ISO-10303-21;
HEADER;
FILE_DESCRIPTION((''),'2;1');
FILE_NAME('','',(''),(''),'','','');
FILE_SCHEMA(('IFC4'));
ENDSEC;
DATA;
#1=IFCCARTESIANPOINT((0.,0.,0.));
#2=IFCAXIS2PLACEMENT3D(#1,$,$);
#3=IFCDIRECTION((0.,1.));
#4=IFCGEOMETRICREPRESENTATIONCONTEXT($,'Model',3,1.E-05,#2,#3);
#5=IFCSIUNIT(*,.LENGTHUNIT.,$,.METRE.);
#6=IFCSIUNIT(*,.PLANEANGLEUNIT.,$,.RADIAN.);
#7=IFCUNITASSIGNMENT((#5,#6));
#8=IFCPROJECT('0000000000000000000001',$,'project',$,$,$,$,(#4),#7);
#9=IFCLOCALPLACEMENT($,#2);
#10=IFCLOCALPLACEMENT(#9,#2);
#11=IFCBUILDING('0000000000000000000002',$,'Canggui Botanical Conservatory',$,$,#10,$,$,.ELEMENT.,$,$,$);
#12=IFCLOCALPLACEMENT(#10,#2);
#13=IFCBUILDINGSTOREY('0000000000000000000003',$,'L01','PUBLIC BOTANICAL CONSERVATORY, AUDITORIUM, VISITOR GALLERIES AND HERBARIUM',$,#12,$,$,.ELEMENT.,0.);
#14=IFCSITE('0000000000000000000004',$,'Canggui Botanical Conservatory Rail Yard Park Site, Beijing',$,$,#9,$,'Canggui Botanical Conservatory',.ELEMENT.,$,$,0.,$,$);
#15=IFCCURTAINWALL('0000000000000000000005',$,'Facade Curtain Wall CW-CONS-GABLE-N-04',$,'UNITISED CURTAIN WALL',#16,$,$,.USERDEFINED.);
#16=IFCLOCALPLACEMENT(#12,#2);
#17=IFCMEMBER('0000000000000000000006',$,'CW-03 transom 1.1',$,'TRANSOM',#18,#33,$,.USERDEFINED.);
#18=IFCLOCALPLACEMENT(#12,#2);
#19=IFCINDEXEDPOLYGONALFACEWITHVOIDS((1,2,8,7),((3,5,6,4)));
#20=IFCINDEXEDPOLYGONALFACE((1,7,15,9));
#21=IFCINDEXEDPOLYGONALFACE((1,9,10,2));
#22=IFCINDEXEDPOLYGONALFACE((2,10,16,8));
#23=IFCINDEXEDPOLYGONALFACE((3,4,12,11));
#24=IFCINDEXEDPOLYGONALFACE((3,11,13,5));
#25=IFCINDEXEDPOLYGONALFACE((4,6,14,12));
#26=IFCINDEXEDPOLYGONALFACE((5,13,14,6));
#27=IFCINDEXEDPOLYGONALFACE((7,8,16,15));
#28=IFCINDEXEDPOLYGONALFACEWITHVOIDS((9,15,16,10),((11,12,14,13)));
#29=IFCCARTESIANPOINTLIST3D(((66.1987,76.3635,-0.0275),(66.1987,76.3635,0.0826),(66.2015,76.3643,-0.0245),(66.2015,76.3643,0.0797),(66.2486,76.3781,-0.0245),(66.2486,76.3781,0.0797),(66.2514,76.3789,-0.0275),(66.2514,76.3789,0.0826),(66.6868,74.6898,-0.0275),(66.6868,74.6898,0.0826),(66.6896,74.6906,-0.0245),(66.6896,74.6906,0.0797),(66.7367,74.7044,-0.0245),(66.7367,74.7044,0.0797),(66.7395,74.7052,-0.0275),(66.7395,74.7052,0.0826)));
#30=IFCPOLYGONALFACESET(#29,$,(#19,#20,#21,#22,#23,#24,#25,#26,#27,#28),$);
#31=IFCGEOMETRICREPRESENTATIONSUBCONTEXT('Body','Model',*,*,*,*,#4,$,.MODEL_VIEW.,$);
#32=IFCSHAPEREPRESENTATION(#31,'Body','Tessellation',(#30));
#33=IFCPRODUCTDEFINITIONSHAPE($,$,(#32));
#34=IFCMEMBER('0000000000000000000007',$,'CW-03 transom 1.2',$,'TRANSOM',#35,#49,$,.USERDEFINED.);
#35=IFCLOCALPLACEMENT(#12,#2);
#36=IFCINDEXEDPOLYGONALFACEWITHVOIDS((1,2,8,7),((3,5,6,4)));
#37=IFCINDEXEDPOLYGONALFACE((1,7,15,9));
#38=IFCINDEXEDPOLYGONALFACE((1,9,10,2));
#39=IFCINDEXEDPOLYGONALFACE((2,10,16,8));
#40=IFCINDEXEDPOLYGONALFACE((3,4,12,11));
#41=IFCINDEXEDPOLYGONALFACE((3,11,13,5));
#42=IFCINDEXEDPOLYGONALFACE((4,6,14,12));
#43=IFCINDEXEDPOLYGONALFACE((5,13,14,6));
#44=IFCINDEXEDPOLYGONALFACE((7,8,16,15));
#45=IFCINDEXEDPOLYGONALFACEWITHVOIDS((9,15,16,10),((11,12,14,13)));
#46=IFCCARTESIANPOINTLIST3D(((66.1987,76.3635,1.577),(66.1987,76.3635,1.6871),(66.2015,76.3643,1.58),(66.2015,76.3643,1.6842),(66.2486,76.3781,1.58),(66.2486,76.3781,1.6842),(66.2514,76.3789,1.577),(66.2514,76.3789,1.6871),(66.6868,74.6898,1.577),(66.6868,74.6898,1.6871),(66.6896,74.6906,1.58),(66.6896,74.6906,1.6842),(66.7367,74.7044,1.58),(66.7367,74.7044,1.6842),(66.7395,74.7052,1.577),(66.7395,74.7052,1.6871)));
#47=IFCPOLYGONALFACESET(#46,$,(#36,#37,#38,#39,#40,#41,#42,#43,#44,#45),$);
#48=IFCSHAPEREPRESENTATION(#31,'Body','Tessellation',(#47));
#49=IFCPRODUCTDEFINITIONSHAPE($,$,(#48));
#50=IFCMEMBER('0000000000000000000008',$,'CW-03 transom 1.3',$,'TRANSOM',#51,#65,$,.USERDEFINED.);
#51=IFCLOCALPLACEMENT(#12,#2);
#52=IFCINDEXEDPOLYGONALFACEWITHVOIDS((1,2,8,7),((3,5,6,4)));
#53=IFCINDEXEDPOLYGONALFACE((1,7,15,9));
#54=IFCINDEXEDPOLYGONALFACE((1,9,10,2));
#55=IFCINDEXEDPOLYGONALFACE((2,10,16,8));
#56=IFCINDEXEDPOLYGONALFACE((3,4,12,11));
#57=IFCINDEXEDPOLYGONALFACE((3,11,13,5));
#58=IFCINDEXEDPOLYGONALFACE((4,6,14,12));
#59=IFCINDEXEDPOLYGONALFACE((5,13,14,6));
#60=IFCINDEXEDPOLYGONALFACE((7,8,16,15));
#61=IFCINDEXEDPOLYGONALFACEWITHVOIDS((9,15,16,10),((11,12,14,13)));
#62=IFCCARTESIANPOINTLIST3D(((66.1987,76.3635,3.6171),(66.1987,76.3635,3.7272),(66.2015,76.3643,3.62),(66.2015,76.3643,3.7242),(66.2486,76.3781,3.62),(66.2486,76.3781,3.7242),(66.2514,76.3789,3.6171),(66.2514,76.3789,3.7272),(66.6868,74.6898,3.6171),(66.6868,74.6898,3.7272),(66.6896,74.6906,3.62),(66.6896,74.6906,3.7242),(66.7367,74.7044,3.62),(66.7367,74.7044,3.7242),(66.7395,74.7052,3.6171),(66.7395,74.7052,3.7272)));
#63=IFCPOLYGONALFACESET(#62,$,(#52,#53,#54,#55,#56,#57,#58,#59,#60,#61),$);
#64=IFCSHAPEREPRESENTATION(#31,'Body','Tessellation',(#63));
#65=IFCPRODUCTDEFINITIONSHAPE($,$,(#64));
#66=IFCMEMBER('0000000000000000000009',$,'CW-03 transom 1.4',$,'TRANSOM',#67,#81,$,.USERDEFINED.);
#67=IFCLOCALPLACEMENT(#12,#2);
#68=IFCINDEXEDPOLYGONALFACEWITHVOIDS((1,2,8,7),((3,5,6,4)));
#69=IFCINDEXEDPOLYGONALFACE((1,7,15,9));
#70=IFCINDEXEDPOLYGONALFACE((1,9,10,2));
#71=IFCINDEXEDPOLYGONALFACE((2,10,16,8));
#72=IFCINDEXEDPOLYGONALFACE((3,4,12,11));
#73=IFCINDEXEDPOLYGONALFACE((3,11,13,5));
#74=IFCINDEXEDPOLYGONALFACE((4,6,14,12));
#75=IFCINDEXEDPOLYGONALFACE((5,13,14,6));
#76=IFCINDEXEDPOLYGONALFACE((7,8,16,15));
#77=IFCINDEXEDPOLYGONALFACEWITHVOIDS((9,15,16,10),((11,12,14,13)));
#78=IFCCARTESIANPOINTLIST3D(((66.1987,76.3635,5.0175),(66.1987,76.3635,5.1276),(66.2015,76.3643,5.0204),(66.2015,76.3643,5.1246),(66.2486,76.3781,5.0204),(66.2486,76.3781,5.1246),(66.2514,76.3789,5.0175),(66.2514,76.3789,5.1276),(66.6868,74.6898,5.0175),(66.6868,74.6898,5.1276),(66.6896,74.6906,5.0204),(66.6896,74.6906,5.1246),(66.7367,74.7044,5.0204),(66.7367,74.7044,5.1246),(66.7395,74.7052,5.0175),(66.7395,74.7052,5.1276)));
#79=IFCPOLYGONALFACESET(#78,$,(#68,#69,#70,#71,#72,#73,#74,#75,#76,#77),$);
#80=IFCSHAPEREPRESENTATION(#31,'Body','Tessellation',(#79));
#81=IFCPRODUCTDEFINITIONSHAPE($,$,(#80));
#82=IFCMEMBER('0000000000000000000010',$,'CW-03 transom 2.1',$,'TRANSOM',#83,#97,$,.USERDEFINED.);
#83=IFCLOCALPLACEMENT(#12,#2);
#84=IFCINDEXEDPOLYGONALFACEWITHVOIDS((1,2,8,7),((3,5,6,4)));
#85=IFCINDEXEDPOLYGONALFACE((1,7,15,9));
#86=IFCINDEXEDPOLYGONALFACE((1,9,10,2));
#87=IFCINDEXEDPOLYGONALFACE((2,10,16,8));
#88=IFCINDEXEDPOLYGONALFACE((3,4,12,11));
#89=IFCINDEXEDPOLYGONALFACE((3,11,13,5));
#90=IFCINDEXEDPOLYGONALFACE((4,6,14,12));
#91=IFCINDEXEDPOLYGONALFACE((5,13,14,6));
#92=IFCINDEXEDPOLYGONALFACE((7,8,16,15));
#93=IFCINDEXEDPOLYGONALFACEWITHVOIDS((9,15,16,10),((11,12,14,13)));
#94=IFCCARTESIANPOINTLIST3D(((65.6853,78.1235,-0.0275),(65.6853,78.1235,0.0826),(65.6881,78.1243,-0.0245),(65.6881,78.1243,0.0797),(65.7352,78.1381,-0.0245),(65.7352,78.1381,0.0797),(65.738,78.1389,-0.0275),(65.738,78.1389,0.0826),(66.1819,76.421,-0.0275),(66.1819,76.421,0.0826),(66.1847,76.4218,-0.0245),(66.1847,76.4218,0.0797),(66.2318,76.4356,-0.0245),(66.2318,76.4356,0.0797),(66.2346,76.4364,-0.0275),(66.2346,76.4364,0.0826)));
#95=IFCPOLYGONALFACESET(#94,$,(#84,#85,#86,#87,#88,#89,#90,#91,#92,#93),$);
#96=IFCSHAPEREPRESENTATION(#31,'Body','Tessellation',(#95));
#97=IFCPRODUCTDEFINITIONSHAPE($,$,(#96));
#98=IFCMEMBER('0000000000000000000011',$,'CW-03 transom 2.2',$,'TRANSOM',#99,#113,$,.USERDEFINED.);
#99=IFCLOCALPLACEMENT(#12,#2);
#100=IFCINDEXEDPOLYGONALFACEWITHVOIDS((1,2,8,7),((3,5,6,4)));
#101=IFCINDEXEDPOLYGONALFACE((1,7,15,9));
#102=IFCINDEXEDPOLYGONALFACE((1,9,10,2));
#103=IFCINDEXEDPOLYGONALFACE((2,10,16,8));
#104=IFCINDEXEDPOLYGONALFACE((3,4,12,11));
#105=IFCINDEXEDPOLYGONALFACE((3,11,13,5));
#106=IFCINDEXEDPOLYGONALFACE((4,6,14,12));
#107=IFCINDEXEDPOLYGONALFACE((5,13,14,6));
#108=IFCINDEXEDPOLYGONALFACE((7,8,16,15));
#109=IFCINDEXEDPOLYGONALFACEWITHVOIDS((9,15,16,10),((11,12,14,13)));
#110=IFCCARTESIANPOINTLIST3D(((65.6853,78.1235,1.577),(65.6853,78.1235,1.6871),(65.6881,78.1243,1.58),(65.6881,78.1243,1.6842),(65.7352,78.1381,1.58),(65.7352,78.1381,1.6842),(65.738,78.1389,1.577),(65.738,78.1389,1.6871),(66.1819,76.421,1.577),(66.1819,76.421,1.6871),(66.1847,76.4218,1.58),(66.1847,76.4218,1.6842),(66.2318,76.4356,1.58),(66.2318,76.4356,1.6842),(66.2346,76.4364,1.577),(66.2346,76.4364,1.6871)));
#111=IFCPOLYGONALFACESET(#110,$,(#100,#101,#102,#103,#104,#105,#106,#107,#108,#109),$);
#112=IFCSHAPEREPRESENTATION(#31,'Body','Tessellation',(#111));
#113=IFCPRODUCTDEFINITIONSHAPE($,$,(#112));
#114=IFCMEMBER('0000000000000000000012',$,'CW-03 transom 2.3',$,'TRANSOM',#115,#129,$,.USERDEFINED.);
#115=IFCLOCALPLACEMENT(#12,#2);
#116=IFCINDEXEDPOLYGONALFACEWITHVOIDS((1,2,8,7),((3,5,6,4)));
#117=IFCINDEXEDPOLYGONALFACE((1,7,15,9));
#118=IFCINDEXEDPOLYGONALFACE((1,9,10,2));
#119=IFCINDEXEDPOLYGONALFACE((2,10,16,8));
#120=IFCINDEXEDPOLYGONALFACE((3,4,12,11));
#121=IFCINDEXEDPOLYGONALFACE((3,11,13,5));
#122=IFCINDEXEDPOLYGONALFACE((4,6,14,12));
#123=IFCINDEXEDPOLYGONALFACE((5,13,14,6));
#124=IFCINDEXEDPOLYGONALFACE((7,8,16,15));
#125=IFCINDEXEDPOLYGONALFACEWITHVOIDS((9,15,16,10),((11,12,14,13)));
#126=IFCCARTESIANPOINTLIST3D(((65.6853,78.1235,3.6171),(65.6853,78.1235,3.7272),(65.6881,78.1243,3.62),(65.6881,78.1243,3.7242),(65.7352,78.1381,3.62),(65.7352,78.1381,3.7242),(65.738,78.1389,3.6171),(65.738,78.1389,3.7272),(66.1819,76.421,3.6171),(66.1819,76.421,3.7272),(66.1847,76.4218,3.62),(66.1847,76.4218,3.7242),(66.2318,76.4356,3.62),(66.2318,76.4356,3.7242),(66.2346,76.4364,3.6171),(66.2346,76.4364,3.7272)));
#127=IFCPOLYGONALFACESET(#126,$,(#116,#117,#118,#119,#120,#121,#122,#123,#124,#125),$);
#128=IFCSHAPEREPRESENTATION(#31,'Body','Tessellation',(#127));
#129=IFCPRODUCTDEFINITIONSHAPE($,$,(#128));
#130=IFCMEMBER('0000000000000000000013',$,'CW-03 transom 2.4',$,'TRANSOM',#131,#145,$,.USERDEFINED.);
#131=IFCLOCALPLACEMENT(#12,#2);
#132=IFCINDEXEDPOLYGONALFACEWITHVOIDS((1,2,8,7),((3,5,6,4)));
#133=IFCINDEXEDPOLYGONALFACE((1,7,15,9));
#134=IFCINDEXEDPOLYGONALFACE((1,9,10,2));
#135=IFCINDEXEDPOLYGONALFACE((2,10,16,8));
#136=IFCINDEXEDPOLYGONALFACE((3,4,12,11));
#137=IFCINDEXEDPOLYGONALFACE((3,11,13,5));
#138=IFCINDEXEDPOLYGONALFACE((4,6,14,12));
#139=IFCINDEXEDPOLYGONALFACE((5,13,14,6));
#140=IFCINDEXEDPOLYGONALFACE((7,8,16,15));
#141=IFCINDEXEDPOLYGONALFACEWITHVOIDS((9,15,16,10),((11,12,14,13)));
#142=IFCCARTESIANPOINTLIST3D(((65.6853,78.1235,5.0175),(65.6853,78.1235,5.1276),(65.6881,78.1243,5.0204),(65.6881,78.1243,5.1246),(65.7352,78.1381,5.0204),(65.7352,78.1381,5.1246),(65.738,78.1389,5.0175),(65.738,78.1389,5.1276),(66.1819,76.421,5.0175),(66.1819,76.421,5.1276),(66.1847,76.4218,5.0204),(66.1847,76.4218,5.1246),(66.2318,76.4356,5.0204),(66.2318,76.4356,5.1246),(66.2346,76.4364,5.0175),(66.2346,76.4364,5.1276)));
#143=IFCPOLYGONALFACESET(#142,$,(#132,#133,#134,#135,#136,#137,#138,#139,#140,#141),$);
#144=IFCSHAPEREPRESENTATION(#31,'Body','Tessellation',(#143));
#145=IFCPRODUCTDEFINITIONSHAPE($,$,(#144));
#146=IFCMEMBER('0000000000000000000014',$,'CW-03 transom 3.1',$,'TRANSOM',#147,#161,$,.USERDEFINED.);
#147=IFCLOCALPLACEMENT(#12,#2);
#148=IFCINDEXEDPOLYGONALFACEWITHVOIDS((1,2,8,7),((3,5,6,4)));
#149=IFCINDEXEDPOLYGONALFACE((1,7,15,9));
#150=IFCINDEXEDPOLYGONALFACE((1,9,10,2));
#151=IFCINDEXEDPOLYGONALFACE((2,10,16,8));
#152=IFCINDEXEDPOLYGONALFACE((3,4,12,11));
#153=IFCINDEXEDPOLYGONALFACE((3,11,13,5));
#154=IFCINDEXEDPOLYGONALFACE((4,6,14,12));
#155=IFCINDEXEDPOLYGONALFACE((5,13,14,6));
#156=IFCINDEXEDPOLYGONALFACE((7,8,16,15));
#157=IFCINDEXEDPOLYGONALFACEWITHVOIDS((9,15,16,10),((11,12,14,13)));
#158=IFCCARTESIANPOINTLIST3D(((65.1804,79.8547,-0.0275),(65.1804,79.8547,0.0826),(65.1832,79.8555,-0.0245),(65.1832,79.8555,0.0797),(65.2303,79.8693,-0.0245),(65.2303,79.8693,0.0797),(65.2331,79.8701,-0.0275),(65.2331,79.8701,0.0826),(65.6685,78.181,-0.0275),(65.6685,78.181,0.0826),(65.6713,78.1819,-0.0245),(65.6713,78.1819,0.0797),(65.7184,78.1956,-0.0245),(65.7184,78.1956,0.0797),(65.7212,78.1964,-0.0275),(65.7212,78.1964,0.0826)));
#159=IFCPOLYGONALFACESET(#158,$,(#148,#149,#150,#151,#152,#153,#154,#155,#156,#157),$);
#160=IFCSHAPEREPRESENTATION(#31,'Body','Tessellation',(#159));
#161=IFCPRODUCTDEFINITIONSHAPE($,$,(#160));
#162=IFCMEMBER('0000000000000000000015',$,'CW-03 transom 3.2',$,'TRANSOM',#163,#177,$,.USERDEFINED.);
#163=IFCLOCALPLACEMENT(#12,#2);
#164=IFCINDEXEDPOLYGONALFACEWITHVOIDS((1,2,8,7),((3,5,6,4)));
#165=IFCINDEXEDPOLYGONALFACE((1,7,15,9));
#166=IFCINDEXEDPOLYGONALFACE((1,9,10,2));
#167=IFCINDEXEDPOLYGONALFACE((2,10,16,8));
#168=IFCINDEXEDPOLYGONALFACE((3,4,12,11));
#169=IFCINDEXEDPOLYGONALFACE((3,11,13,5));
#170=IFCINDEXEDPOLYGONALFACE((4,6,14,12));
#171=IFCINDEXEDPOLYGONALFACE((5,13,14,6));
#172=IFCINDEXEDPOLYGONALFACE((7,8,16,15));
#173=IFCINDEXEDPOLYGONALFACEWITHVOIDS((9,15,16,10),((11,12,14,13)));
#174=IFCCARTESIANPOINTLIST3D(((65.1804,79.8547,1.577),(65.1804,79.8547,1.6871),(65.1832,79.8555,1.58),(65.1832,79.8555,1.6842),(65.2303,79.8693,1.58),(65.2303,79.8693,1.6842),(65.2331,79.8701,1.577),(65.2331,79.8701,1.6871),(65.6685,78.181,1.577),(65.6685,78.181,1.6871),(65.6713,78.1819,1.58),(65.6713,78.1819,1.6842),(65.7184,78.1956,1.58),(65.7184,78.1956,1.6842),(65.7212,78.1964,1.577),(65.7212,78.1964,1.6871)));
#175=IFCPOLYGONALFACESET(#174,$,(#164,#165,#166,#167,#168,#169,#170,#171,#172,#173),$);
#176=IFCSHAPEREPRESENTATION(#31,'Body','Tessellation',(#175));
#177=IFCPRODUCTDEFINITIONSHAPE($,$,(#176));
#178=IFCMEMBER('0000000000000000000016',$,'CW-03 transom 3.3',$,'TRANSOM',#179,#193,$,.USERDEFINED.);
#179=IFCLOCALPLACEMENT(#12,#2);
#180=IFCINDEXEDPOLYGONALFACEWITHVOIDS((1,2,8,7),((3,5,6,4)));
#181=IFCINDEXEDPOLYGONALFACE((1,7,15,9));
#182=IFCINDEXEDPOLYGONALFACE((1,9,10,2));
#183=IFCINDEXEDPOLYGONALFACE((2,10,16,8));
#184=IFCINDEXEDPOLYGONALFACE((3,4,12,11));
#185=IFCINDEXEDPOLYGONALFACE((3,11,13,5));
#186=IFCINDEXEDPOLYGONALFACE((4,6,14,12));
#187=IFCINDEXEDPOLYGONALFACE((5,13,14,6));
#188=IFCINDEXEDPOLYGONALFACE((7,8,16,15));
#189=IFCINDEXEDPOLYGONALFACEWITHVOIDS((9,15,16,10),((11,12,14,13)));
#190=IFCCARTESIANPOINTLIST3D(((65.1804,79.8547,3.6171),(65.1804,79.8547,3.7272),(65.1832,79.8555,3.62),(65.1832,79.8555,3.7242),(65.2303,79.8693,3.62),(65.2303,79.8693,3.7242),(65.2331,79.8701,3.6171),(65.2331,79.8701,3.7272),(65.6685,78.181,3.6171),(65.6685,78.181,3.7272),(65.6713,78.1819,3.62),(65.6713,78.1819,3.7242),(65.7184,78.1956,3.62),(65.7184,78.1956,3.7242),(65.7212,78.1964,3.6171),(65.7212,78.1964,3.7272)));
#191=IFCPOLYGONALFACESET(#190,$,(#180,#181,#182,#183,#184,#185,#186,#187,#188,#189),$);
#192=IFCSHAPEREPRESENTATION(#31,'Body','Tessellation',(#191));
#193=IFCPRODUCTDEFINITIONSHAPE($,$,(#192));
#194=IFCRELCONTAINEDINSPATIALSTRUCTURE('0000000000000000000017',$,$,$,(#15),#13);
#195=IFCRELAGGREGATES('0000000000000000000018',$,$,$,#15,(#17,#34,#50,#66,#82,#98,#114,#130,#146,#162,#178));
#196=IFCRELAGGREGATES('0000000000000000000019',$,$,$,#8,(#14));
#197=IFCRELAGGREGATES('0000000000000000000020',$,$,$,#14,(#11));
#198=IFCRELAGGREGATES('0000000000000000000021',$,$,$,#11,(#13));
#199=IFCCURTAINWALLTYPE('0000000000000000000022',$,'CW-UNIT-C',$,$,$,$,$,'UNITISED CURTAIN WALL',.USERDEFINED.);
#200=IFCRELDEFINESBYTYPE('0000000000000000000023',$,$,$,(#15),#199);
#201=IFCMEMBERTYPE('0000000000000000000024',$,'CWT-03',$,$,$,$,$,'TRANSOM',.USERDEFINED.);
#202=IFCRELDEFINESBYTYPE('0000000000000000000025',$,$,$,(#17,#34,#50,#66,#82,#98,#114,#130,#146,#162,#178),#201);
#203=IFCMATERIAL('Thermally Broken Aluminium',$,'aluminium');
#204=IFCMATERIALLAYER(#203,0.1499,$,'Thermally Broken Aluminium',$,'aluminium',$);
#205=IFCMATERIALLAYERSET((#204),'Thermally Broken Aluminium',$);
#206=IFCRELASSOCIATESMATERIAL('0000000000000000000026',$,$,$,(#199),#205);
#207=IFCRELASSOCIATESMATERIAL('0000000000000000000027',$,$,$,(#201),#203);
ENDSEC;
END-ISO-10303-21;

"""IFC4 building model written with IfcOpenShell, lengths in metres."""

from ifc_helpers import new_model, si_unit, direction, frame, origin, origin_2d, place, context, subcontext, project, spatial, hollow_rectangle, extrude, material, layer, layer_set, material_profile, profile_set, type_object, element, aggregate, save


model = new_model("IFC4")

# Units and contexts
model_context = context("Model", 3, precision=1e-05, world=origin(), true_north=direction((0.0, 1.0)))
body_context = subcontext(model_context, "Body", "Model", "MODEL_VIEW")
ifc_project = project(units=[si_unit("LENGTHUNIT", "METRE"), si_unit("PLANEANGLEUNIT", "RADIAN")], contexts=[model_context])

# Site, building, storey
site_placement = place(None, origin())
site = spatial("IfcSite", under=ifc_project, at=site_placement, Name="Canggui Botanical Conservatory Rail Yard Park Site, Beijing", LongName="Canggui Botanical Conservatory", CompositionType="ELEMENT", RefElevation=0.0)
building_placement = place(site_placement, origin())
building = spatial("IfcBuilding", under=site, at=building_placement, Name="Canggui Botanical Conservatory", CompositionType="ELEMENT")
storey_placement = place(building_placement, origin())
storey = spatial("IfcBuildingStorey", under=building, at=storey_placement, Name="L01", Description="PUBLIC BOTANICAL CONSERVATORY, AUDITORIUM, VISITOR GALLERIES AND HERBARIUM", CompositionType="ELEMENT", Elevation=0.0)

# Shared definitions
ifc_material_1 = material(Name="Thermally Broken Aluminium", Category="aluminium")
ifc_layer_1 = layer(ifc_material_1, 0.1499, Name="Thermally Broken Aluminium", Category="aluminium")
ifc_layer_set_1 = layer_set([ifc_layer_1], Name="Thermally Broken Aluminium")
curtain_wall_type = type_object("IfcCurtainWallType", Name="CW-UNIT-C", ElementType="UNITISED CURTAIN WALL", PredefinedType="USERDEFINED", material=ifc_layer_set_1)

# Curtain wall
curtain_wall_1_placement = place(storey_placement, origin())
curtain_wall_1 = element("IfcCurtainWall", 1, at=curtain_wall_1_placement, inside=storey, type_object=curtain_wall_type, Name="Facade Curtain Wall CW-CONS-GABLE-N-04", ObjectType="UNITISED CURTAIN WALL", PredefinedType="USERDEFINED")

# Members
ifc_material_profile_1 = material_profile(ifc_material_1, hollow_rectangle(XDim=0.0549, YDim=0.1101, WallThickness=0.0029, at=origin_2d()), Name="CWT 55x110x3")
ifc_profile_set_1 = profile_set([ifc_material_profile_1], Name="Thermally Broken Aluminium")
member_type_1 = type_object("IfcMemberType", Name="CWT-03", ElementType="TRANSOM", PredefinedType="USERDEFINED", material=ifc_profile_set_1)
member_1_placement = place(storey_placement, frame((66.7131, 74.6975, 0.0276), z_axis=(-0.279952, 0.960014, 0.0), x_axis=(-0.960014, -0.279952, 0.0)))
member_1 = element("IfcMember", 2, at=member_1_placement, type_object=member_type_1, Name="CW-03 transom 1.1", ObjectType="TRANSOM", PredefinedType="USERDEFINED", context=body_context, shape_type="SweptSolid", body=[
    extrude(hollow_rectangle(XDim=0.0549, YDim=0.1101, WallThickness=0.0029, at=origin_2d()), origin(), (0.0, 0.0, 1.0), 1.7434),
])
member_2_placement = place(storey_placement, frame((66.7131, 74.6975, 1.6321), z_axis=(-0.279952, 0.960014, 0.0), x_axis=(-0.960014, -0.279952, 0.0)))
member_2 = element("IfcMember", 3, at=member_2_placement, type_object=member_type_1, Name="CW-03 transom 1.2", ObjectType="TRANSOM", PredefinedType="USERDEFINED", context=body_context, shape_type="SweptSolid", body=[
    extrude(hollow_rectangle(XDim=0.0549, YDim=0.1101, WallThickness=0.0029, at=origin_2d()), origin(), (0.0, 0.0, 1.0), 1.7434),
])
member_3_placement = place(storey_placement, frame((66.7131, 74.6975, 3.6721), z_axis=(-0.279952, 0.960014, 0.0), x_axis=(-0.960014, -0.279952, 0.0)))
member_3 = element("IfcMember", 4, at=member_3_placement, type_object=member_type_1, Name="CW-03 transom 1.3", ObjectType="TRANSOM", PredefinedType="USERDEFINED", context=body_context, shape_type="SweptSolid", body=[
    extrude(hollow_rectangle(XDim=0.0549, YDim=0.1101, WallThickness=0.0029, at=origin_2d()), origin(), (0.0, 0.0, 1.0), 1.7434),
])
member_4_placement = place(storey_placement, frame((66.7131, 74.6975, 5.0725), z_axis=(-0.279952, 0.960014, 0.0), x_axis=(-0.960014, -0.279952, 0.0)))
member_4 = element("IfcMember", 5, at=member_4_placement, type_object=member_type_1, Name="CW-03 transom 1.4", ObjectType="TRANSOM", PredefinedType="USERDEFINED", context=body_context, shape_type="SweptSolid", body=[
    extrude(hollow_rectangle(XDim=0.0549, YDim=0.1101, WallThickness=0.0029, at=origin_2d()), origin(), (0.0, 0.0, 1.0), 1.7434),
])
member_5_placement = place(storey_placement, frame((66.2083, 76.4287, 0.0276), z_axis=(-0.280026, 0.959992, 0.0), x_axis=(-0.959992, -0.280026, 0.0)))
member_5 = element("IfcMember", 6, at=member_5_placement, type_object=member_type_1, Name="CW-03 transom 2.1", ObjectType="TRANSOM", PredefinedType="USERDEFINED", context=body_context, shape_type="SweptSolid", body=[
    extrude(hollow_rectangle(XDim=0.0549, YDim=0.1101, WallThickness=0.0029, at=origin_2d()), origin(), (0.0, 0.0, 1.0), 1.7734),
])
member_6_placement = place(storey_placement, frame((66.2083, 76.4287, 1.6321), z_axis=(-0.280026, 0.959992, 0.0), x_axis=(-0.959992, -0.280026, 0.0)))
member_6 = element("IfcMember", 7, at=member_6_placement, type_object=member_type_1, Name="CW-03 transom 2.2", ObjectType="TRANSOM", PredefinedType="USERDEFINED", context=body_context, shape_type="SweptSolid", body=[
    extrude(hollow_rectangle(XDim=0.0549, YDim=0.1101, WallThickness=0.0029, at=origin_2d()), origin(), (0.0, 0.0, 1.0), 1.7734),
])
member_7_placement = place(storey_placement, frame((66.2083, 76.4287, 3.6721), z_axis=(-0.280026, 0.959992, 0.0), x_axis=(-0.959992, -0.280026, 0.0)))
member_7 = element("IfcMember", 8, at=member_7_placement, type_object=member_type_1, Name="CW-03 transom 2.3", ObjectType="TRANSOM", PredefinedType="USERDEFINED", context=body_context, shape_type="SweptSolid", body=[
    extrude(hollow_rectangle(XDim=0.0549, YDim=0.1101, WallThickness=0.0029, at=origin_2d()), origin(), (0.0, 0.0, 1.0), 1.7734),
])
member_8_placement = place(storey_placement, frame((66.2083, 76.4287, 5.0725), z_axis=(-0.280026, 0.959992, 0.0), x_axis=(-0.959992, -0.280026, 0.0)))
member_8 = element("IfcMember", 9, at=member_8_placement, type_object=member_type_1, Name="CW-03 transom 2.4", ObjectType="TRANSOM", PredefinedType="USERDEFINED", context=body_context, shape_type="SweptSolid", body=[
    extrude(hollow_rectangle(XDim=0.0549, YDim=0.1101, WallThickness=0.0029, at=origin_2d()), origin(), (0.0, 0.0, 1.0), 1.7734),
])
member_9_placement = place(storey_placement, frame((65.6948, 78.1887, 0.0276), z_axis=(-0.279952, 0.960014, 0.0), x_axis=(-0.960014, -0.279952, 0.0)))
member_9 = element("IfcMember", 10, at=member_9_placement, type_object=member_type_1, Name="CW-03 transom 3.1", ObjectType="TRANSOM", PredefinedType="USERDEFINED", context=body_context, shape_type="SweptSolid", body=[
    extrude(hollow_rectangle(XDim=0.0549, YDim=0.1101, WallThickness=0.0029, at=origin_2d()), origin(), (0.0, 0.0, 1.0), 1.7434),
])
member_10_placement = place(storey_placement, frame((65.6948, 78.1887, 1.6321), z_axis=(-0.279952, 0.960014, 0.0), x_axis=(-0.960014, -0.279952, 0.0)))
member_10 = element("IfcMember", 11, at=member_10_placement, type_object=member_type_1, Name="CW-03 transom 3.2", ObjectType="TRANSOM", PredefinedType="USERDEFINED", context=body_context, shape_type="SweptSolid", body=[
    extrude(hollow_rectangle(XDim=0.0549, YDim=0.1101, WallThickness=0.0029, at=origin_2d()), origin(), (0.0, 0.0, 1.0), 1.7434),
])
member_11_placement = place(storey_placement, frame((65.6948, 78.1887, 3.6721), z_axis=(-0.279952, 0.960014, 0.0), x_axis=(-0.960014, -0.279952, 0.0)))
member_11 = element("IfcMember", 12, at=member_11_placement, type_object=member_type_1, Name="CW-03 transom 3.3", ObjectType="TRANSOM", PredefinedType="USERDEFINED", context=body_context, shape_type="SweptSolid", body=[
    extrude(hollow_rectangle(XDim=0.0549, YDim=0.1101, WallThickness=0.0029, at=origin_2d()), origin(), (0.0, 0.0, 1.0), 1.7434),
])

aggregate(curtain_wall_1, [member_1, member_2, member_3, member_4, member_5, member_6, member_7, member_8, member_9, member_10, member_11])

save(model, "model.ifc")
